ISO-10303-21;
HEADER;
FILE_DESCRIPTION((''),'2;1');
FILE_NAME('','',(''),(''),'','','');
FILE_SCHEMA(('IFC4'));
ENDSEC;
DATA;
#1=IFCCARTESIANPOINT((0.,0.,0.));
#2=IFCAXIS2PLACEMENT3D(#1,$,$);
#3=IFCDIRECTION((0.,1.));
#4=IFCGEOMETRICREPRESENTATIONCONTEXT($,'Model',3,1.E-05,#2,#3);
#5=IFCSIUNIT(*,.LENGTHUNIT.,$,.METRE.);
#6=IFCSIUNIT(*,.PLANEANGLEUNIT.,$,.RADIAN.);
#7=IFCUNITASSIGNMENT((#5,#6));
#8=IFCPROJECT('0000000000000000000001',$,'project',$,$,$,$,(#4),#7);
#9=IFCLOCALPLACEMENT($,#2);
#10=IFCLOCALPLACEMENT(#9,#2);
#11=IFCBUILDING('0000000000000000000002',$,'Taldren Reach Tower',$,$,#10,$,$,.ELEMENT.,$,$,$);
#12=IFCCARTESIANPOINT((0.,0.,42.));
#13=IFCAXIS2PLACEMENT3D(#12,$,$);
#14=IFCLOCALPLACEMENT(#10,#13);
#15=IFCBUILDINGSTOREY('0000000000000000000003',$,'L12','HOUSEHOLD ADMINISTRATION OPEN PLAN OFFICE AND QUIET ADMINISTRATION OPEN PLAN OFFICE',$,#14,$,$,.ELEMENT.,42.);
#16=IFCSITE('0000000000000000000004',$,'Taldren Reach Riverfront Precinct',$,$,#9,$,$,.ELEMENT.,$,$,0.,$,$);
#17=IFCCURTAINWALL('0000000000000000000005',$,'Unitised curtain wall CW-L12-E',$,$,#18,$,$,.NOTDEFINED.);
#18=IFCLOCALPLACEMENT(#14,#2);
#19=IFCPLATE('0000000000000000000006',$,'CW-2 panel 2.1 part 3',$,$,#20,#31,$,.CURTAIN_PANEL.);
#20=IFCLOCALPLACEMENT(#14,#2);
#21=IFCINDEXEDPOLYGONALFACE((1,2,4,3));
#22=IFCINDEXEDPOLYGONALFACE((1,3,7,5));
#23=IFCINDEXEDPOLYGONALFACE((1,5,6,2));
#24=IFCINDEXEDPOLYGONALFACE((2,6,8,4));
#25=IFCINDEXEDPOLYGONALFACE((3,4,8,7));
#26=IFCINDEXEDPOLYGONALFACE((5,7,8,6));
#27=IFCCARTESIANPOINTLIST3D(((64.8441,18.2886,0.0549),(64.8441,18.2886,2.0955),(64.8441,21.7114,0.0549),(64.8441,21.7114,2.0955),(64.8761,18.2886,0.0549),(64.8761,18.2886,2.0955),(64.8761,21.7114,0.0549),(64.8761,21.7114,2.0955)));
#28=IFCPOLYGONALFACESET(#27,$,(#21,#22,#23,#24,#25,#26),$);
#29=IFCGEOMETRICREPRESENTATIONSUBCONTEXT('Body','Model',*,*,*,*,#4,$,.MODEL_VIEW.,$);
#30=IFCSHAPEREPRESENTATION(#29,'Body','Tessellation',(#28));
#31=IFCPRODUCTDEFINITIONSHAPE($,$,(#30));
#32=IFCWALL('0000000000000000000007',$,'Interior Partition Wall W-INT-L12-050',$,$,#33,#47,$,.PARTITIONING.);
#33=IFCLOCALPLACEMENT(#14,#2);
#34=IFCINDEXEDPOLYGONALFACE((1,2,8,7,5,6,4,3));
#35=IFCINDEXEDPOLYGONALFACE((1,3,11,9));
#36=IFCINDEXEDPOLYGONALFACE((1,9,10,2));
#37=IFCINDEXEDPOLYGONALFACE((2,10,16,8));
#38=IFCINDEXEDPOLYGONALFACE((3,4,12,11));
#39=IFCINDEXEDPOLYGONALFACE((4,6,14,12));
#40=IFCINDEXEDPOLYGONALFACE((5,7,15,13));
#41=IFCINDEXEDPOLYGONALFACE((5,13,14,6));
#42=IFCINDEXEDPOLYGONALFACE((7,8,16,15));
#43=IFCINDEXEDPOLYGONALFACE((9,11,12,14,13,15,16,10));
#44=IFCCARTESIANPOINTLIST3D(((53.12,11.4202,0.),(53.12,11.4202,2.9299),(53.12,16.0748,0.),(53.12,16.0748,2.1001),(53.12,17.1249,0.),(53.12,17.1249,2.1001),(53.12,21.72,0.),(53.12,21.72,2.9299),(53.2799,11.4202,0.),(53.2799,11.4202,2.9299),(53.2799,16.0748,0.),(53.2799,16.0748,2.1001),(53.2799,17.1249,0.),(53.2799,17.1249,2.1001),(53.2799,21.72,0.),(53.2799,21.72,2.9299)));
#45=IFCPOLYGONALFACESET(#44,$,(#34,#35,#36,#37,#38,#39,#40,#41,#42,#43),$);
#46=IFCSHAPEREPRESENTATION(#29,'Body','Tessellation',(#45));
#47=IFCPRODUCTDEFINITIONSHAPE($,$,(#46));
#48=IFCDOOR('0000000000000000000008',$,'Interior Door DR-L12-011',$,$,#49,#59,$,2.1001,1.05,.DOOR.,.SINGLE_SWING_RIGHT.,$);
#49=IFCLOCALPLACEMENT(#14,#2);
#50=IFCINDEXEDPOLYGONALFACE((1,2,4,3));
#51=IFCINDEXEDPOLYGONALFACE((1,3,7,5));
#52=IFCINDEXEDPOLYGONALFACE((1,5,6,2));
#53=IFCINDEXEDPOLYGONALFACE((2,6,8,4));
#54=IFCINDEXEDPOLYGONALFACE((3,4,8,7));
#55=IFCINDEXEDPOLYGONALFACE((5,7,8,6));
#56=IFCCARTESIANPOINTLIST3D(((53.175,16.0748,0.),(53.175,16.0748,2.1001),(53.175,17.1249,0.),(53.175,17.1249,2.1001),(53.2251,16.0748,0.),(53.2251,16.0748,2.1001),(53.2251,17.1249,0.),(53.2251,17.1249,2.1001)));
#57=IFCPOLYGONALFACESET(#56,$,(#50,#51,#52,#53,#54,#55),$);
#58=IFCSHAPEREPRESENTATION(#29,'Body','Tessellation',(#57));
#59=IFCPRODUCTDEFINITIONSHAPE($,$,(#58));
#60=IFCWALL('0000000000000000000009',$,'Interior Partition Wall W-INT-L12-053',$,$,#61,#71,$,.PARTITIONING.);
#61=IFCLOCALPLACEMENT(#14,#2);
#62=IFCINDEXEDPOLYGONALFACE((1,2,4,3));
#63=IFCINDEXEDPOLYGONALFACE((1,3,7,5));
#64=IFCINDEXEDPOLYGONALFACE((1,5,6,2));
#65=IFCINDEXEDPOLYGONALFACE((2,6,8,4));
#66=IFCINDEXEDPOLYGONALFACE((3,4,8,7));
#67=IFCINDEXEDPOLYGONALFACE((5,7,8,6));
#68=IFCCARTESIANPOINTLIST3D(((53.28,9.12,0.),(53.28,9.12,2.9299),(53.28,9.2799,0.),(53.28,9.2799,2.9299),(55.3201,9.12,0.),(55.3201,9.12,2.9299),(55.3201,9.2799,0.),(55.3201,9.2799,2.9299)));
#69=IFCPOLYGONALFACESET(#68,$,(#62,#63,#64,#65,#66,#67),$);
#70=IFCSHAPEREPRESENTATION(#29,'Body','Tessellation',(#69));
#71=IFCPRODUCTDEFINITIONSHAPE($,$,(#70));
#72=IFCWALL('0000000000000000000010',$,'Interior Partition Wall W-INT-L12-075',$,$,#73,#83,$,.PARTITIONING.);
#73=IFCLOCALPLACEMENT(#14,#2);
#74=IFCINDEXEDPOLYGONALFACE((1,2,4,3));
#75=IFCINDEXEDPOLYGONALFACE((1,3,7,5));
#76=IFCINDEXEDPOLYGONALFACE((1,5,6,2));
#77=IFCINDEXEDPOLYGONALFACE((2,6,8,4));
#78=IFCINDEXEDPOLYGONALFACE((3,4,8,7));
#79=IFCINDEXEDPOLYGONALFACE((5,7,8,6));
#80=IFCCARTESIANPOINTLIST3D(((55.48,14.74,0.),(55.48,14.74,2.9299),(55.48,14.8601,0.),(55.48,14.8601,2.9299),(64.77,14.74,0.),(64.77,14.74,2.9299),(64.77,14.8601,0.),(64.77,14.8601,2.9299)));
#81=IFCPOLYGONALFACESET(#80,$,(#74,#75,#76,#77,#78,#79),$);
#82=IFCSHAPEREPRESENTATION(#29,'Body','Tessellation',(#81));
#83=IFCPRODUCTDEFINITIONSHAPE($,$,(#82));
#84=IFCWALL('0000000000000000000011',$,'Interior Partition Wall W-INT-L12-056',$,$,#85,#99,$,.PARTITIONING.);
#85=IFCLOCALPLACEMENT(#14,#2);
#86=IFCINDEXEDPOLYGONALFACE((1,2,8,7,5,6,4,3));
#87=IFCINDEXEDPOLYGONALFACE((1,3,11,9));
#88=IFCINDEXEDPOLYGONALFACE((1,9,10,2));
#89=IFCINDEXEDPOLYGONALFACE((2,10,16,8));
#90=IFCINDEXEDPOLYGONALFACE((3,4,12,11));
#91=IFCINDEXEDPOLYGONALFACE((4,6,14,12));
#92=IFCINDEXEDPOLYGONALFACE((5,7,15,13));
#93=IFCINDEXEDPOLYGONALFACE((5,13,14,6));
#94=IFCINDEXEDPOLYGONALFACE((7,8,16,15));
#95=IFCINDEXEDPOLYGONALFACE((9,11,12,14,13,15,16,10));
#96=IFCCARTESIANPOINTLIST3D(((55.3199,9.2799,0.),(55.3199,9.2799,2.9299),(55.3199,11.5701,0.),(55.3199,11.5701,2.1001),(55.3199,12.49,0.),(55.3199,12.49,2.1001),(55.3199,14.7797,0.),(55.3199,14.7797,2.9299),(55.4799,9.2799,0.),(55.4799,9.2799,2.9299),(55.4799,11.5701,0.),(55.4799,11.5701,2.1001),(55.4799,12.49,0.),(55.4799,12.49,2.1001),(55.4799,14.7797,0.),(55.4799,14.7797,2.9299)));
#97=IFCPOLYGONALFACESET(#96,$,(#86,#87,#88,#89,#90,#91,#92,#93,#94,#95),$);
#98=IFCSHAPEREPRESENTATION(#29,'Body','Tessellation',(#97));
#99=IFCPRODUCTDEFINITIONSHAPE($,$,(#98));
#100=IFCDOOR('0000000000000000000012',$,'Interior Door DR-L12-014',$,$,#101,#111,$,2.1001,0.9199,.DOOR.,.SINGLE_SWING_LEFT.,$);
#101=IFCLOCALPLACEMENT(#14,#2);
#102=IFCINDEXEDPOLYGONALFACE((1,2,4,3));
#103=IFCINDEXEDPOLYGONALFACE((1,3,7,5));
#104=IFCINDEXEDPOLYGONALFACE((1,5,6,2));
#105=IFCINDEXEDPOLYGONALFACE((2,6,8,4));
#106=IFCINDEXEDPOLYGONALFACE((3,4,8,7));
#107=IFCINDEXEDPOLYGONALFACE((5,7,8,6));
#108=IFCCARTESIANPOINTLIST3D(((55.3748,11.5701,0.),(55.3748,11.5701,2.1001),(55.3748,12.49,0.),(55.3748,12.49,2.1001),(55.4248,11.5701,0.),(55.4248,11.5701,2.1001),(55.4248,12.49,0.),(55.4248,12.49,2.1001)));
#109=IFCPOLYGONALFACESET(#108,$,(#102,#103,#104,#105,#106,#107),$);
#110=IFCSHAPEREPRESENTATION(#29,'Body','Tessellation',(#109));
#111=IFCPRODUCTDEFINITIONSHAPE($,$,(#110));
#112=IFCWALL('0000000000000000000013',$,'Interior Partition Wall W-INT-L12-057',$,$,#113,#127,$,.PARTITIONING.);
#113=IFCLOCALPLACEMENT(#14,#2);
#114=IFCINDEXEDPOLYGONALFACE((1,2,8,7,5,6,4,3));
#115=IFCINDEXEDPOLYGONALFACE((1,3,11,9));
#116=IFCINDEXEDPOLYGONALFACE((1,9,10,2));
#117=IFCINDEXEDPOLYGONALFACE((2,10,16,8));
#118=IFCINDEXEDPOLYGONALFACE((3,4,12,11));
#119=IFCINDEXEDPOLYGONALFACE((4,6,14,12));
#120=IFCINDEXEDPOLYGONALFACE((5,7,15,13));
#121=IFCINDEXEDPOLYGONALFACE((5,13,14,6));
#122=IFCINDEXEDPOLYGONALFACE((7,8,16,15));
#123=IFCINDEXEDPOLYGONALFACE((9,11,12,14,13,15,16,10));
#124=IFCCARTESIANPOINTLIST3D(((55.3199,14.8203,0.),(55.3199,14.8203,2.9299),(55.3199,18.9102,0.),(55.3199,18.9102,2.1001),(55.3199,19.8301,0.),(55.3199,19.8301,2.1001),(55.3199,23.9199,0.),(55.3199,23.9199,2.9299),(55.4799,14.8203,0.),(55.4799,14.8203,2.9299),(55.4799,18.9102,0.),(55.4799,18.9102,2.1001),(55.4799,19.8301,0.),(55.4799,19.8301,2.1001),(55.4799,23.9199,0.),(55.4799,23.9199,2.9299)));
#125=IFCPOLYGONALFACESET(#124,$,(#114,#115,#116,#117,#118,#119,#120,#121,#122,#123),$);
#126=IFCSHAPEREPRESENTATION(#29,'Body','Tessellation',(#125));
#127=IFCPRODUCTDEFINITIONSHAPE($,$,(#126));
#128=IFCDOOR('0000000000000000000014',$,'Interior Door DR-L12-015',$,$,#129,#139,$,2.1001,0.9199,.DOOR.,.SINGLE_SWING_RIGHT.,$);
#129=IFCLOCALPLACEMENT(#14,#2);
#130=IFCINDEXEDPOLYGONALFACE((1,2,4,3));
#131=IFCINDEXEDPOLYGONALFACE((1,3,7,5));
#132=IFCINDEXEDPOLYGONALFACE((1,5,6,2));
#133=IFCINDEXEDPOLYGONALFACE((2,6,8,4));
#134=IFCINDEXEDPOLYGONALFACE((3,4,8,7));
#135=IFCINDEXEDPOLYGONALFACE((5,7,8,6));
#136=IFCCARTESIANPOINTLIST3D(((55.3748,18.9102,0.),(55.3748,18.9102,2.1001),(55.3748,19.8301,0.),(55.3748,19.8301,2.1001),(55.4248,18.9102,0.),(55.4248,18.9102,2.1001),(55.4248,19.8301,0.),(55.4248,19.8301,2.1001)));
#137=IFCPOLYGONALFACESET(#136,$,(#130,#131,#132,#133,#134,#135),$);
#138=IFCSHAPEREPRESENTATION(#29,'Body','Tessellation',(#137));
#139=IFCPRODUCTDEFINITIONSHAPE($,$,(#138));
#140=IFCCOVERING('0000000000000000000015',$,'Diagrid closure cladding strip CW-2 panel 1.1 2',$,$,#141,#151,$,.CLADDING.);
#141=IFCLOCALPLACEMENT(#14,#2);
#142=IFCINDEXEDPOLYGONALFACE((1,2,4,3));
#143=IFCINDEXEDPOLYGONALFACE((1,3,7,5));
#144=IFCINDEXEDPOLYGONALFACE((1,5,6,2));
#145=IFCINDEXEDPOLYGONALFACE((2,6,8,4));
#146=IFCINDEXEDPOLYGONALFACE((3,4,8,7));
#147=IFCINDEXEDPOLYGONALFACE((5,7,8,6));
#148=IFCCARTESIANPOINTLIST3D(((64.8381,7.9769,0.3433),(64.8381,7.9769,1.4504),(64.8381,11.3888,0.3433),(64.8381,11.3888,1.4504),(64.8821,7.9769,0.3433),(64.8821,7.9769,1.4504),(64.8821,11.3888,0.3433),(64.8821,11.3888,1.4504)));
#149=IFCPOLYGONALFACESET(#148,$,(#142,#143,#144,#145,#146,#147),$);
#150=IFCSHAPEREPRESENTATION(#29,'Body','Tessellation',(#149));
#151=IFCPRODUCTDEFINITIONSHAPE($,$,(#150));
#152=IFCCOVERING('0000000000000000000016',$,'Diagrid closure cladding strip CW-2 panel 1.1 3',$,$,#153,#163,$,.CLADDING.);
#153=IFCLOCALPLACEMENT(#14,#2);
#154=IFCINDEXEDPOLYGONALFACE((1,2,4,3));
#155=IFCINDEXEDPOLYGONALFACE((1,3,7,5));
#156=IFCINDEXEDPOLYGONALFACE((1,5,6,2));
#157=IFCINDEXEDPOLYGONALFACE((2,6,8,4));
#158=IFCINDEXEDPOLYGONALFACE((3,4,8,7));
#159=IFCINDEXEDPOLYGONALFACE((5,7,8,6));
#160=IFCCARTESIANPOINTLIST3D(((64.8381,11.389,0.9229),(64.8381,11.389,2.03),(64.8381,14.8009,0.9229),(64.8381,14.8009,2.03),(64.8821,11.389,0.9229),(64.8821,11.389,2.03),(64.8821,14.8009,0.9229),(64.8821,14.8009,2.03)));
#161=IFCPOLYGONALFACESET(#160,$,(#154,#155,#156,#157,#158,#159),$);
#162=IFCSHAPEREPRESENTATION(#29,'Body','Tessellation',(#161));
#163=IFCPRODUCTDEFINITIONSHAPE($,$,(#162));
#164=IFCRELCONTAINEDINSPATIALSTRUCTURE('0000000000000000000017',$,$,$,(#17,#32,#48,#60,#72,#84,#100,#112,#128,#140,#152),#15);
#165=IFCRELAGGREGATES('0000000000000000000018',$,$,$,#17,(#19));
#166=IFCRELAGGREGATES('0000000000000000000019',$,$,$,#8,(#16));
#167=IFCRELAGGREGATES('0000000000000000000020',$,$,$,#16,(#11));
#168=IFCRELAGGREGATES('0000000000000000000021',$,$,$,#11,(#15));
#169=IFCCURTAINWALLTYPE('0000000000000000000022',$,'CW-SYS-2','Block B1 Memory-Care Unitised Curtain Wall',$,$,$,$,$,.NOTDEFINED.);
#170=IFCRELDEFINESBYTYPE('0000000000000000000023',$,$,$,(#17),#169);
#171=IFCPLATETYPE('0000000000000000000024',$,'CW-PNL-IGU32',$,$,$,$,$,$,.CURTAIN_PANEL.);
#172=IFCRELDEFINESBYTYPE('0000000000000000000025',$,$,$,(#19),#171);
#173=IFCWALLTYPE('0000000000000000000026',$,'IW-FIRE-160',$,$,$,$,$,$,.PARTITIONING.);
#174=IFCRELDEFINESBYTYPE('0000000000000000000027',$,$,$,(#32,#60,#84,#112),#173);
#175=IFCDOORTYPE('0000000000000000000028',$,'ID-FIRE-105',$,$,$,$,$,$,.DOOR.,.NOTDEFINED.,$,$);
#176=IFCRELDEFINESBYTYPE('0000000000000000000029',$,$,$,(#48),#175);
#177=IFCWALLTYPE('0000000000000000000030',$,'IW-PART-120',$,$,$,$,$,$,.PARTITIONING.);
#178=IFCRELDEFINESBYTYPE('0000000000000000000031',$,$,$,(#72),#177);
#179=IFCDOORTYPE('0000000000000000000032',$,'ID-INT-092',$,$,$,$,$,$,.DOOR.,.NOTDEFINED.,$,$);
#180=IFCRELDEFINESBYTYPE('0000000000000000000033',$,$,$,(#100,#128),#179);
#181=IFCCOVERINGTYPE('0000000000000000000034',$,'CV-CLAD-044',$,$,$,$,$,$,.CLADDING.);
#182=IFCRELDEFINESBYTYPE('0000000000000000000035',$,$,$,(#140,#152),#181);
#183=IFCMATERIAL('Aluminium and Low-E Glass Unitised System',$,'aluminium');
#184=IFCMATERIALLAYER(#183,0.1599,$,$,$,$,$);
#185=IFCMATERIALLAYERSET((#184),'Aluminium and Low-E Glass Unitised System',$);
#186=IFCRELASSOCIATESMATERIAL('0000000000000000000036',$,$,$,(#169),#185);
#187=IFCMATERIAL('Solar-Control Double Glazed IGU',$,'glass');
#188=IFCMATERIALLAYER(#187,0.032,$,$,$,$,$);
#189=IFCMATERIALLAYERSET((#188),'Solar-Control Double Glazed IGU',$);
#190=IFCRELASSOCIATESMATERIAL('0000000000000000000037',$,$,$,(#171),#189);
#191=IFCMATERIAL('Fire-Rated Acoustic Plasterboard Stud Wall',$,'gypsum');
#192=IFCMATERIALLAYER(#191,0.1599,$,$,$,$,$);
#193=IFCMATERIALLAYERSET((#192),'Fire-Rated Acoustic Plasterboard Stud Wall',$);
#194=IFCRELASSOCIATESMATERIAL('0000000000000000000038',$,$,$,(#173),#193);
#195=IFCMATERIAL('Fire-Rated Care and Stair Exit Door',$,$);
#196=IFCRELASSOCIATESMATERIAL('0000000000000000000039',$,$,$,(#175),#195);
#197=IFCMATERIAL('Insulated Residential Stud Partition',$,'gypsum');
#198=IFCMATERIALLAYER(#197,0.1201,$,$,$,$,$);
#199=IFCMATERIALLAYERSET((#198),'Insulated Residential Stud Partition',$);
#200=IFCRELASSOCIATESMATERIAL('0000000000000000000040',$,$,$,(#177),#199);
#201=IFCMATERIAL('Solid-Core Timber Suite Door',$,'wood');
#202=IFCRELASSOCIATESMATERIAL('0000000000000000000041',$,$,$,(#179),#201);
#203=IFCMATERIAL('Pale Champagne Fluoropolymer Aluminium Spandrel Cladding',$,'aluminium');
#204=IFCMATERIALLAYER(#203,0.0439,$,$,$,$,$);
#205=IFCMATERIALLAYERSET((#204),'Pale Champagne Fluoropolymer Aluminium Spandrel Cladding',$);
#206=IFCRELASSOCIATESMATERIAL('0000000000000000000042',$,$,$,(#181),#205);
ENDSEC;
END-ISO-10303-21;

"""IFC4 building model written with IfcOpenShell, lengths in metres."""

from ifc_helpers import new_model, si_unit, direction, frame, frame_2d, origin, origin_2d, place, context, subcontext, project, spatial, rectangle, extrude, source, transform, mapped, material, layer, layer_set, type_object, element, fill, aggregate, save


model = new_model("IFC4")

# Units and contexts
model_context = context("Model", 3, precision=1e-05, world=origin(), true_north=direction((0.0, 1.0)))
body_context = subcontext(model_context, "Body", "Model", "MODEL_VIEW")
ifc_project = project(units=[si_unit("LENGTHUNIT", "METRE"), si_unit("PLANEANGLEUNIT", "RADIAN")], contexts=[model_context])

# Site, building, storey
site_placement = place(None, origin())
site = spatial("IfcSite", under=ifc_project, at=site_placement, Name="Taldren Reach Riverfront Precinct", CompositionType="ELEMENT", RefElevation=0.0)
building_placement = place(site_placement, origin())
building = spatial("IfcBuilding", under=site, at=building_placement, Name="Taldren Reach Tower", CompositionType="ELEMENT")
storey_placement = place(building_placement, frame((0.0, 0.0, 42.0)))
storey = spatial("IfcBuildingStorey", under=building, at=storey_placement, Name="L12", Description="HOUSEHOLD ADMINISTRATION OPEN PLAN OFFICE AND QUIET ADMINISTRATION OPEN PLAN OFFICE", CompositionType="ELEMENT", Elevation=42.0)

# Curtain wall
ifc_material_1 = material(Name="Aluminium and Low-E Glass Unitised System", Category="aluminium")
ifc_layer_1 = layer(ifc_material_1, 0.1599)
ifc_layer_set_1 = layer_set([ifc_layer_1], Name="Aluminium and Low-E Glass Unitised System")
curtain_wall_type = type_object("IfcCurtainWallType", Name="CW-SYS-2", Description="Block B1 Memory-Care Unitised Curtain Wall", PredefinedType="NOTDEFINED", material=ifc_layer_set_1)
curtain_wall_placement = place(storey_placement, origin())
curtain_wall = element("IfcCurtainWall", 1, at=curtain_wall_placement, inside=storey, type_object=curtain_wall_type, Name="Unitised curtain wall CW-L12-E", PredefinedType="NOTDEFINED")

# Plate
ifc_material_2 = material(Name="Solar-Control Double Glazed IGU", Category="glass")
ifc_layer_2 = layer(ifc_material_2, 0.032)
ifc_layer_set_2 = layer_set([ifc_layer_2], Name="Solar-Control Double Glazed IGU")
plate_type_1 = type_object("IfcPlateType", Name="CW-PNL-IGU32", PredefinedType="CURTAIN_PANEL", material=ifc_layer_set_2)
shared_shape_1 = source(origin(), body_context, "Body", "SweptSolid", [
    extrude(rectangle(XDim=3.4229, YDim=0.032, at=origin_2d()), origin(), (0.0, 0.0, 1.0), 2.0405),
])
plate_1_placement = place(storey_placement, frame((64.8601, 20.0, 0.0549), z_axis=(0.0, 0.0, 1.0), x_axis=(0.0, 1.0, 0.0)))
plate_1 = element("IfcPlate", 2, at=plate_1_placement, type_object=plate_type_1, Name="CW-2 panel 2.1 part 3", PredefinedType="CURTAIN_PANEL", context=body_context, shape_type="MappedRepresentation", body=[
    mapped(shared_shape_1, transform((0.0, 0.0, 0.0), scale=1.0)),
])
aggregate(curtain_wall, [plate_1])

# Wall, opening, door
ifc_material_3 = material(Name="Fire-Rated Acoustic Plasterboard Stud Wall", Category="gypsum")
ifc_layer_3 = layer(ifc_material_3, 0.1599)
ifc_layer_set_3 = layer_set([ifc_layer_3], Name="Fire-Rated Acoustic Plasterboard Stud Wall")
wall_type_1 = type_object("IfcWallType", Name="IW-FIRE-160", PredefinedType="PARTITIONING", material=ifc_layer_set_3)
shared_shape_2 = source(origin(), body_context, "Body", "SweptSolid", [
    extrude(rectangle(XDim=10.2998, YDim=0.1599, at=frame_2d((5.1499, 0.0))), origin(), (0.0, 0.0, 1.0), 2.9299),
])
wall_1_placement = place(storey_placement, frame((53.2, 11.4202, 0.0), z_axis=(0.0, 0.0, 1.0), x_axis=(0.0, 1.0, 0.0)))
wall_1 = element("IfcWall", 3, at=wall_1_placement, inside=storey, type_object=wall_type_1, Name="Interior Partition Wall W-INT-L12-050", PredefinedType="PARTITIONING", context=body_context, shape_type="MappedRepresentation", body=[
    mapped(shared_shape_2, transform((0.0, 0.0, 0.0), scale=1.0)),
])
shared_shape_3 = source(origin(), body_context, "Body", "SweptSolid", [
    extrude(rectangle(XDim=1.05, YDim=2.1001, at=frame_2d((0.5249, 1.05))), frame((0.0, 0.0898, 0.0), z_axis=(0.0, -1.0, 0.0), x_axis=(1.0, 0.0, 0.0)), (0.0, 0.0, 1.0), 0.1799),
])
opening_1_placement = place(wall_1_placement, frame((4.6548, 0.0, 0.0)))
opening_1 = element("IfcOpeningElement", 4, at=opening_1_placement, cuts=wall_1, PredefinedType="OPENING", context=body_context, shape_type="MappedRepresentation", body=[
    mapped(shared_shape_3, transform((0.0, 0.0, 0.0), scale=1.0)),
])
ifc_material_4 = material(Name="Fire-Rated Care and Stair Exit Door")
door_type_1 = type_object("IfcDoorType", Name="ID-FIRE-105", OperationType="NOTDEFINED", PredefinedType="DOOR", material=ifc_material_4)
shared_shape_4 = source(origin(), body_context, "Body", "SweptSolid", [
    extrude(rectangle(XDim=1.05, YDim=2.1001, at=frame_2d((0.5249, 1.05))), frame((0.0, 0.0249, 0.0), z_axis=(0.0, -1.0, 0.0), x_axis=(1.0, 0.0, 0.0)), (0.0, 0.0, 1.0), 0.05),
])
door_1_placement = place(opening_1_placement, origin())
door_1 = element("IfcDoor", 5, at=door_1_placement, inside=storey, type_object=door_type_1, Name="Interior Door DR-L12-011", OperationType="SINGLE_SWING_RIGHT", OverallHeight=2.1001, OverallWidth=1.05, PredefinedType="DOOR", context=body_context, shape_type="MappedRepresentation", body=[
    mapped(shared_shape_4, transform((0.0, 0.0, 0.0), scale=1.0)),
])
fill(opening_1, door_1)

# Walls
shared_shape_5 = source(origin(), body_context, "Body", "SweptSolid", [
    extrude(rectangle(XDim=2.04, YDim=0.1599, at=frame_2d((1.02, 0.0))), origin(), (0.0, 0.0, 1.0), 2.9299),
])
wall_2_placement = place(storey_placement, frame((55.3201, 9.2, 0.0), z_axis=(0.0, 0.0, 1.0), x_axis=(-1.0, 0.0, 0.0)))
element("IfcWall", 6, at=wall_2_placement, inside=storey, type_object=wall_type_1, Name="Interior Partition Wall W-INT-L12-053", PredefinedType="PARTITIONING", context=body_context, shape_type="MappedRepresentation", body=[
    mapped(shared_shape_5, transform((0.0, 0.0, 0.0), scale=1.0)),
])
ifc_material_5 = material(Name="Insulated Residential Stud Partition", Category="gypsum")
ifc_layer_4 = layer(ifc_material_5, 0.1201)
ifc_layer_set_4 = layer_set([ifc_layer_4], Name="Insulated Residential Stud Partition")
wall_type_2 = type_object("IfcWallType", Name="IW-PART-120", PredefinedType="PARTITIONING", material=ifc_layer_set_4)
shared_shape_6 = source(origin(), body_context, "Body", "SweptSolid", [
    extrude(rectangle(XDim=9.29, YDim=0.1201, at=frame_2d((4.645, 0.0))), origin(), (0.0, 0.0, 1.0), 2.9299),
])
wall_3_placement = place(storey_placement, frame((55.48, 14.8, 0.0), z_axis=(0.0, 0.0, 1.0), x_axis=(1.0, 0.0, 0.0)))
element("IfcWall", 7, at=wall_3_placement, inside=storey, type_object=wall_type_2, Name="Interior Partition Wall W-INT-L12-075", PredefinedType="PARTITIONING", context=body_context, shape_type="MappedRepresentation", body=[
    mapped(shared_shape_6, transform((0.0, 0.0, 0.0), scale=1.0)),
])

# Walls, openings, doors
shared_shape_7 = source(origin(), body_context, "Body", "SweptSolid", [
    extrude(rectangle(XDim=5.4998, YDim=0.1599, at=frame_2d((2.75, 0.0))), origin(), (0.0, 0.0, 1.0), 2.9299),
])
wall_4_placement = place(storey_placement, frame((55.3999, 14.7798, 0.0), z_axis=(0.0, 0.0, 1.0), x_axis=(0.0, -1.0, 0.0)))
wall_4 = element("IfcWall", 8, at=wall_4_placement, inside=storey, type_object=wall_type_1, Name="Interior Partition Wall W-INT-L12-056", PredefinedType="PARTITIONING", context=body_context, shape_type="MappedRepresentation", body=[
    mapped(shared_shape_7, transform((0.0, 0.0, 0.0), scale=1.0)),
])
shared_shape_8 = source(origin(), body_context, "Body", "SweptSolid", [
    extrude(rectangle(XDim=0.9199, YDim=2.1001, at=frame_2d((0.46, 1.05))), frame((0.0, 0.0898, 0.0), z_axis=(0.0, -1.0, 0.0), x_axis=(1.0, 0.0, 0.0)), (0.0, 0.0, 1.0), 0.1799),
])
opening_2_placement = place(wall_4_placement, frame((2.2898, 0.0, 0.0)))
opening_2 = element("IfcOpeningElement", 9, at=opening_2_placement, cuts=wall_4, PredefinedType="OPENING", context=body_context, shape_type="MappedRepresentation", body=[
    mapped(shared_shape_8, transform((0.0, 0.0, 0.0), scale=1.0)),
])
ifc_material_6 = material(Name="Solid-Core Timber Suite Door", Category="wood")
door_type_2 = type_object("IfcDoorType", Name="ID-INT-092", OperationType="NOTDEFINED", PredefinedType="DOOR", material=ifc_material_6)
shared_shape_9 = source(origin(), body_context, "Body", "SweptSolid", [
    extrude(rectangle(XDim=0.9199, YDim=2.1001, at=frame_2d((0.46, 1.05))), frame((0.0, 0.0249, 0.0), z_axis=(0.0, -1.0, 0.0), x_axis=(1.0, 0.0, 0.0)), (0.0, 0.0, 1.0), 0.05),
])
door_2_placement = place(opening_2_placement, origin())
door_2 = element("IfcDoor", 10, at=door_2_placement, inside=storey, type_object=door_type_2, Name="Interior Door DR-L12-014", OperationType="SINGLE_SWING_LEFT", OverallHeight=2.1001, OverallWidth=0.9199, PredefinedType="DOOR", context=body_context, shape_type="MappedRepresentation", body=[
    mapped(shared_shape_9, transform((0.0, 0.0, 0.0), scale=1.0)),
])
fill(opening_2, door_2)
shared_shape_10 = source(origin(), body_context, "Body", "SweptSolid", [
    extrude(rectangle(XDim=9.0996, YDim=0.1599, at=frame_2d((4.5498, 0.0))), origin(), (0.0, 0.0, 1.0), 2.9299),
])
wall_5_placement = place(storey_placement, frame((55.3999, 23.9199, 0.0), z_axis=(0.0, 0.0, 1.0), x_axis=(0.0, -1.0, 0.0)))
wall_5 = element("IfcWall", 11, at=wall_5_placement, inside=storey, type_object=wall_type_1, Name="Interior Partition Wall W-INT-L12-057", PredefinedType="PARTITIONING", context=body_context, shape_type="MappedRepresentation", body=[
    mapped(shared_shape_10, transform((0.0, 0.0, 0.0), scale=1.0)),
])
opening_3_placement = place(wall_5_placement, frame((4.0898, 0.0, 0.0)))
opening_3 = element("IfcOpeningElement", 12, at=opening_3_placement, cuts=wall_5, PredefinedType="OPENING", context=body_context, shape_type="MappedRepresentation", body=[
    mapped(shared_shape_8, transform((0.0, 0.0, 0.0), scale=1.0)),
])
door_3_placement = place(opening_3_placement, origin())
door_3 = element("IfcDoor", 13, at=door_3_placement, inside=storey, type_object=door_type_2, Name="Interior Door DR-L12-015", OperationType="SINGLE_SWING_RIGHT", OverallHeight=2.1001, OverallWidth=0.9199, PredefinedType="DOOR", context=body_context, shape_type="MappedRepresentation", body=[
    mapped(shared_shape_9, transform((0.0, 0.0, 0.0), scale=1.0)),
])
fill(opening_3, door_3)

# Coverings
ifc_material_7 = material(Name="Pale Champagne Fluoropolymer Aluminium Spandrel Cladding", Category="aluminium")
ifc_layer_5 = layer(ifc_material_7, 0.0439)
ifc_layer_set_5 = layer_set([ifc_layer_5], Name="Pale Champagne Fluoropolymer Aluminium Spandrel Cladding")
covering_type = type_object("IfcCoveringType", Name="CV-CLAD-044", PredefinedType="CLADDING", material=ifc_layer_set_5)
shared_shape_11 = source(origin(), body_context, "Body", "SweptSolid", [
    extrude(rectangle(XDim=3.4119, YDim=0.0439, at=origin_2d()), origin(), (0.0, 0.0, 1.0), 1.1072),
])
for number, where, z_axis, x_axis, name in (
    (14, (64.8601, 9.6829, 0.3433), (0.0, 0.0, 1.0), (0.0, 1.0, 0.0), "Diagrid closure cladding strip CW-2 panel 1.1 2"),
    (15, (64.8601, 13.095, 0.9229), (0.0, 0.0, 1.0), (0.0, 1.0, 0.0), "Diagrid closure cladding strip CW-2 panel 1.1 3"),
):
    element("IfcCovering", number, at=place(storey_placement, frame(where, z_axis=z_axis, x_axis=x_axis)), inside=storey, type_object=covering_type, Name=name, PredefinedType="CLADDING", context=body_context, shape_type="MappedRepresentation", body=[
        mapped(shared_shape_11, transform((0.0, 0.0, 0.0), scale=1.0)),
    ])

save(model, "model.ifc")
